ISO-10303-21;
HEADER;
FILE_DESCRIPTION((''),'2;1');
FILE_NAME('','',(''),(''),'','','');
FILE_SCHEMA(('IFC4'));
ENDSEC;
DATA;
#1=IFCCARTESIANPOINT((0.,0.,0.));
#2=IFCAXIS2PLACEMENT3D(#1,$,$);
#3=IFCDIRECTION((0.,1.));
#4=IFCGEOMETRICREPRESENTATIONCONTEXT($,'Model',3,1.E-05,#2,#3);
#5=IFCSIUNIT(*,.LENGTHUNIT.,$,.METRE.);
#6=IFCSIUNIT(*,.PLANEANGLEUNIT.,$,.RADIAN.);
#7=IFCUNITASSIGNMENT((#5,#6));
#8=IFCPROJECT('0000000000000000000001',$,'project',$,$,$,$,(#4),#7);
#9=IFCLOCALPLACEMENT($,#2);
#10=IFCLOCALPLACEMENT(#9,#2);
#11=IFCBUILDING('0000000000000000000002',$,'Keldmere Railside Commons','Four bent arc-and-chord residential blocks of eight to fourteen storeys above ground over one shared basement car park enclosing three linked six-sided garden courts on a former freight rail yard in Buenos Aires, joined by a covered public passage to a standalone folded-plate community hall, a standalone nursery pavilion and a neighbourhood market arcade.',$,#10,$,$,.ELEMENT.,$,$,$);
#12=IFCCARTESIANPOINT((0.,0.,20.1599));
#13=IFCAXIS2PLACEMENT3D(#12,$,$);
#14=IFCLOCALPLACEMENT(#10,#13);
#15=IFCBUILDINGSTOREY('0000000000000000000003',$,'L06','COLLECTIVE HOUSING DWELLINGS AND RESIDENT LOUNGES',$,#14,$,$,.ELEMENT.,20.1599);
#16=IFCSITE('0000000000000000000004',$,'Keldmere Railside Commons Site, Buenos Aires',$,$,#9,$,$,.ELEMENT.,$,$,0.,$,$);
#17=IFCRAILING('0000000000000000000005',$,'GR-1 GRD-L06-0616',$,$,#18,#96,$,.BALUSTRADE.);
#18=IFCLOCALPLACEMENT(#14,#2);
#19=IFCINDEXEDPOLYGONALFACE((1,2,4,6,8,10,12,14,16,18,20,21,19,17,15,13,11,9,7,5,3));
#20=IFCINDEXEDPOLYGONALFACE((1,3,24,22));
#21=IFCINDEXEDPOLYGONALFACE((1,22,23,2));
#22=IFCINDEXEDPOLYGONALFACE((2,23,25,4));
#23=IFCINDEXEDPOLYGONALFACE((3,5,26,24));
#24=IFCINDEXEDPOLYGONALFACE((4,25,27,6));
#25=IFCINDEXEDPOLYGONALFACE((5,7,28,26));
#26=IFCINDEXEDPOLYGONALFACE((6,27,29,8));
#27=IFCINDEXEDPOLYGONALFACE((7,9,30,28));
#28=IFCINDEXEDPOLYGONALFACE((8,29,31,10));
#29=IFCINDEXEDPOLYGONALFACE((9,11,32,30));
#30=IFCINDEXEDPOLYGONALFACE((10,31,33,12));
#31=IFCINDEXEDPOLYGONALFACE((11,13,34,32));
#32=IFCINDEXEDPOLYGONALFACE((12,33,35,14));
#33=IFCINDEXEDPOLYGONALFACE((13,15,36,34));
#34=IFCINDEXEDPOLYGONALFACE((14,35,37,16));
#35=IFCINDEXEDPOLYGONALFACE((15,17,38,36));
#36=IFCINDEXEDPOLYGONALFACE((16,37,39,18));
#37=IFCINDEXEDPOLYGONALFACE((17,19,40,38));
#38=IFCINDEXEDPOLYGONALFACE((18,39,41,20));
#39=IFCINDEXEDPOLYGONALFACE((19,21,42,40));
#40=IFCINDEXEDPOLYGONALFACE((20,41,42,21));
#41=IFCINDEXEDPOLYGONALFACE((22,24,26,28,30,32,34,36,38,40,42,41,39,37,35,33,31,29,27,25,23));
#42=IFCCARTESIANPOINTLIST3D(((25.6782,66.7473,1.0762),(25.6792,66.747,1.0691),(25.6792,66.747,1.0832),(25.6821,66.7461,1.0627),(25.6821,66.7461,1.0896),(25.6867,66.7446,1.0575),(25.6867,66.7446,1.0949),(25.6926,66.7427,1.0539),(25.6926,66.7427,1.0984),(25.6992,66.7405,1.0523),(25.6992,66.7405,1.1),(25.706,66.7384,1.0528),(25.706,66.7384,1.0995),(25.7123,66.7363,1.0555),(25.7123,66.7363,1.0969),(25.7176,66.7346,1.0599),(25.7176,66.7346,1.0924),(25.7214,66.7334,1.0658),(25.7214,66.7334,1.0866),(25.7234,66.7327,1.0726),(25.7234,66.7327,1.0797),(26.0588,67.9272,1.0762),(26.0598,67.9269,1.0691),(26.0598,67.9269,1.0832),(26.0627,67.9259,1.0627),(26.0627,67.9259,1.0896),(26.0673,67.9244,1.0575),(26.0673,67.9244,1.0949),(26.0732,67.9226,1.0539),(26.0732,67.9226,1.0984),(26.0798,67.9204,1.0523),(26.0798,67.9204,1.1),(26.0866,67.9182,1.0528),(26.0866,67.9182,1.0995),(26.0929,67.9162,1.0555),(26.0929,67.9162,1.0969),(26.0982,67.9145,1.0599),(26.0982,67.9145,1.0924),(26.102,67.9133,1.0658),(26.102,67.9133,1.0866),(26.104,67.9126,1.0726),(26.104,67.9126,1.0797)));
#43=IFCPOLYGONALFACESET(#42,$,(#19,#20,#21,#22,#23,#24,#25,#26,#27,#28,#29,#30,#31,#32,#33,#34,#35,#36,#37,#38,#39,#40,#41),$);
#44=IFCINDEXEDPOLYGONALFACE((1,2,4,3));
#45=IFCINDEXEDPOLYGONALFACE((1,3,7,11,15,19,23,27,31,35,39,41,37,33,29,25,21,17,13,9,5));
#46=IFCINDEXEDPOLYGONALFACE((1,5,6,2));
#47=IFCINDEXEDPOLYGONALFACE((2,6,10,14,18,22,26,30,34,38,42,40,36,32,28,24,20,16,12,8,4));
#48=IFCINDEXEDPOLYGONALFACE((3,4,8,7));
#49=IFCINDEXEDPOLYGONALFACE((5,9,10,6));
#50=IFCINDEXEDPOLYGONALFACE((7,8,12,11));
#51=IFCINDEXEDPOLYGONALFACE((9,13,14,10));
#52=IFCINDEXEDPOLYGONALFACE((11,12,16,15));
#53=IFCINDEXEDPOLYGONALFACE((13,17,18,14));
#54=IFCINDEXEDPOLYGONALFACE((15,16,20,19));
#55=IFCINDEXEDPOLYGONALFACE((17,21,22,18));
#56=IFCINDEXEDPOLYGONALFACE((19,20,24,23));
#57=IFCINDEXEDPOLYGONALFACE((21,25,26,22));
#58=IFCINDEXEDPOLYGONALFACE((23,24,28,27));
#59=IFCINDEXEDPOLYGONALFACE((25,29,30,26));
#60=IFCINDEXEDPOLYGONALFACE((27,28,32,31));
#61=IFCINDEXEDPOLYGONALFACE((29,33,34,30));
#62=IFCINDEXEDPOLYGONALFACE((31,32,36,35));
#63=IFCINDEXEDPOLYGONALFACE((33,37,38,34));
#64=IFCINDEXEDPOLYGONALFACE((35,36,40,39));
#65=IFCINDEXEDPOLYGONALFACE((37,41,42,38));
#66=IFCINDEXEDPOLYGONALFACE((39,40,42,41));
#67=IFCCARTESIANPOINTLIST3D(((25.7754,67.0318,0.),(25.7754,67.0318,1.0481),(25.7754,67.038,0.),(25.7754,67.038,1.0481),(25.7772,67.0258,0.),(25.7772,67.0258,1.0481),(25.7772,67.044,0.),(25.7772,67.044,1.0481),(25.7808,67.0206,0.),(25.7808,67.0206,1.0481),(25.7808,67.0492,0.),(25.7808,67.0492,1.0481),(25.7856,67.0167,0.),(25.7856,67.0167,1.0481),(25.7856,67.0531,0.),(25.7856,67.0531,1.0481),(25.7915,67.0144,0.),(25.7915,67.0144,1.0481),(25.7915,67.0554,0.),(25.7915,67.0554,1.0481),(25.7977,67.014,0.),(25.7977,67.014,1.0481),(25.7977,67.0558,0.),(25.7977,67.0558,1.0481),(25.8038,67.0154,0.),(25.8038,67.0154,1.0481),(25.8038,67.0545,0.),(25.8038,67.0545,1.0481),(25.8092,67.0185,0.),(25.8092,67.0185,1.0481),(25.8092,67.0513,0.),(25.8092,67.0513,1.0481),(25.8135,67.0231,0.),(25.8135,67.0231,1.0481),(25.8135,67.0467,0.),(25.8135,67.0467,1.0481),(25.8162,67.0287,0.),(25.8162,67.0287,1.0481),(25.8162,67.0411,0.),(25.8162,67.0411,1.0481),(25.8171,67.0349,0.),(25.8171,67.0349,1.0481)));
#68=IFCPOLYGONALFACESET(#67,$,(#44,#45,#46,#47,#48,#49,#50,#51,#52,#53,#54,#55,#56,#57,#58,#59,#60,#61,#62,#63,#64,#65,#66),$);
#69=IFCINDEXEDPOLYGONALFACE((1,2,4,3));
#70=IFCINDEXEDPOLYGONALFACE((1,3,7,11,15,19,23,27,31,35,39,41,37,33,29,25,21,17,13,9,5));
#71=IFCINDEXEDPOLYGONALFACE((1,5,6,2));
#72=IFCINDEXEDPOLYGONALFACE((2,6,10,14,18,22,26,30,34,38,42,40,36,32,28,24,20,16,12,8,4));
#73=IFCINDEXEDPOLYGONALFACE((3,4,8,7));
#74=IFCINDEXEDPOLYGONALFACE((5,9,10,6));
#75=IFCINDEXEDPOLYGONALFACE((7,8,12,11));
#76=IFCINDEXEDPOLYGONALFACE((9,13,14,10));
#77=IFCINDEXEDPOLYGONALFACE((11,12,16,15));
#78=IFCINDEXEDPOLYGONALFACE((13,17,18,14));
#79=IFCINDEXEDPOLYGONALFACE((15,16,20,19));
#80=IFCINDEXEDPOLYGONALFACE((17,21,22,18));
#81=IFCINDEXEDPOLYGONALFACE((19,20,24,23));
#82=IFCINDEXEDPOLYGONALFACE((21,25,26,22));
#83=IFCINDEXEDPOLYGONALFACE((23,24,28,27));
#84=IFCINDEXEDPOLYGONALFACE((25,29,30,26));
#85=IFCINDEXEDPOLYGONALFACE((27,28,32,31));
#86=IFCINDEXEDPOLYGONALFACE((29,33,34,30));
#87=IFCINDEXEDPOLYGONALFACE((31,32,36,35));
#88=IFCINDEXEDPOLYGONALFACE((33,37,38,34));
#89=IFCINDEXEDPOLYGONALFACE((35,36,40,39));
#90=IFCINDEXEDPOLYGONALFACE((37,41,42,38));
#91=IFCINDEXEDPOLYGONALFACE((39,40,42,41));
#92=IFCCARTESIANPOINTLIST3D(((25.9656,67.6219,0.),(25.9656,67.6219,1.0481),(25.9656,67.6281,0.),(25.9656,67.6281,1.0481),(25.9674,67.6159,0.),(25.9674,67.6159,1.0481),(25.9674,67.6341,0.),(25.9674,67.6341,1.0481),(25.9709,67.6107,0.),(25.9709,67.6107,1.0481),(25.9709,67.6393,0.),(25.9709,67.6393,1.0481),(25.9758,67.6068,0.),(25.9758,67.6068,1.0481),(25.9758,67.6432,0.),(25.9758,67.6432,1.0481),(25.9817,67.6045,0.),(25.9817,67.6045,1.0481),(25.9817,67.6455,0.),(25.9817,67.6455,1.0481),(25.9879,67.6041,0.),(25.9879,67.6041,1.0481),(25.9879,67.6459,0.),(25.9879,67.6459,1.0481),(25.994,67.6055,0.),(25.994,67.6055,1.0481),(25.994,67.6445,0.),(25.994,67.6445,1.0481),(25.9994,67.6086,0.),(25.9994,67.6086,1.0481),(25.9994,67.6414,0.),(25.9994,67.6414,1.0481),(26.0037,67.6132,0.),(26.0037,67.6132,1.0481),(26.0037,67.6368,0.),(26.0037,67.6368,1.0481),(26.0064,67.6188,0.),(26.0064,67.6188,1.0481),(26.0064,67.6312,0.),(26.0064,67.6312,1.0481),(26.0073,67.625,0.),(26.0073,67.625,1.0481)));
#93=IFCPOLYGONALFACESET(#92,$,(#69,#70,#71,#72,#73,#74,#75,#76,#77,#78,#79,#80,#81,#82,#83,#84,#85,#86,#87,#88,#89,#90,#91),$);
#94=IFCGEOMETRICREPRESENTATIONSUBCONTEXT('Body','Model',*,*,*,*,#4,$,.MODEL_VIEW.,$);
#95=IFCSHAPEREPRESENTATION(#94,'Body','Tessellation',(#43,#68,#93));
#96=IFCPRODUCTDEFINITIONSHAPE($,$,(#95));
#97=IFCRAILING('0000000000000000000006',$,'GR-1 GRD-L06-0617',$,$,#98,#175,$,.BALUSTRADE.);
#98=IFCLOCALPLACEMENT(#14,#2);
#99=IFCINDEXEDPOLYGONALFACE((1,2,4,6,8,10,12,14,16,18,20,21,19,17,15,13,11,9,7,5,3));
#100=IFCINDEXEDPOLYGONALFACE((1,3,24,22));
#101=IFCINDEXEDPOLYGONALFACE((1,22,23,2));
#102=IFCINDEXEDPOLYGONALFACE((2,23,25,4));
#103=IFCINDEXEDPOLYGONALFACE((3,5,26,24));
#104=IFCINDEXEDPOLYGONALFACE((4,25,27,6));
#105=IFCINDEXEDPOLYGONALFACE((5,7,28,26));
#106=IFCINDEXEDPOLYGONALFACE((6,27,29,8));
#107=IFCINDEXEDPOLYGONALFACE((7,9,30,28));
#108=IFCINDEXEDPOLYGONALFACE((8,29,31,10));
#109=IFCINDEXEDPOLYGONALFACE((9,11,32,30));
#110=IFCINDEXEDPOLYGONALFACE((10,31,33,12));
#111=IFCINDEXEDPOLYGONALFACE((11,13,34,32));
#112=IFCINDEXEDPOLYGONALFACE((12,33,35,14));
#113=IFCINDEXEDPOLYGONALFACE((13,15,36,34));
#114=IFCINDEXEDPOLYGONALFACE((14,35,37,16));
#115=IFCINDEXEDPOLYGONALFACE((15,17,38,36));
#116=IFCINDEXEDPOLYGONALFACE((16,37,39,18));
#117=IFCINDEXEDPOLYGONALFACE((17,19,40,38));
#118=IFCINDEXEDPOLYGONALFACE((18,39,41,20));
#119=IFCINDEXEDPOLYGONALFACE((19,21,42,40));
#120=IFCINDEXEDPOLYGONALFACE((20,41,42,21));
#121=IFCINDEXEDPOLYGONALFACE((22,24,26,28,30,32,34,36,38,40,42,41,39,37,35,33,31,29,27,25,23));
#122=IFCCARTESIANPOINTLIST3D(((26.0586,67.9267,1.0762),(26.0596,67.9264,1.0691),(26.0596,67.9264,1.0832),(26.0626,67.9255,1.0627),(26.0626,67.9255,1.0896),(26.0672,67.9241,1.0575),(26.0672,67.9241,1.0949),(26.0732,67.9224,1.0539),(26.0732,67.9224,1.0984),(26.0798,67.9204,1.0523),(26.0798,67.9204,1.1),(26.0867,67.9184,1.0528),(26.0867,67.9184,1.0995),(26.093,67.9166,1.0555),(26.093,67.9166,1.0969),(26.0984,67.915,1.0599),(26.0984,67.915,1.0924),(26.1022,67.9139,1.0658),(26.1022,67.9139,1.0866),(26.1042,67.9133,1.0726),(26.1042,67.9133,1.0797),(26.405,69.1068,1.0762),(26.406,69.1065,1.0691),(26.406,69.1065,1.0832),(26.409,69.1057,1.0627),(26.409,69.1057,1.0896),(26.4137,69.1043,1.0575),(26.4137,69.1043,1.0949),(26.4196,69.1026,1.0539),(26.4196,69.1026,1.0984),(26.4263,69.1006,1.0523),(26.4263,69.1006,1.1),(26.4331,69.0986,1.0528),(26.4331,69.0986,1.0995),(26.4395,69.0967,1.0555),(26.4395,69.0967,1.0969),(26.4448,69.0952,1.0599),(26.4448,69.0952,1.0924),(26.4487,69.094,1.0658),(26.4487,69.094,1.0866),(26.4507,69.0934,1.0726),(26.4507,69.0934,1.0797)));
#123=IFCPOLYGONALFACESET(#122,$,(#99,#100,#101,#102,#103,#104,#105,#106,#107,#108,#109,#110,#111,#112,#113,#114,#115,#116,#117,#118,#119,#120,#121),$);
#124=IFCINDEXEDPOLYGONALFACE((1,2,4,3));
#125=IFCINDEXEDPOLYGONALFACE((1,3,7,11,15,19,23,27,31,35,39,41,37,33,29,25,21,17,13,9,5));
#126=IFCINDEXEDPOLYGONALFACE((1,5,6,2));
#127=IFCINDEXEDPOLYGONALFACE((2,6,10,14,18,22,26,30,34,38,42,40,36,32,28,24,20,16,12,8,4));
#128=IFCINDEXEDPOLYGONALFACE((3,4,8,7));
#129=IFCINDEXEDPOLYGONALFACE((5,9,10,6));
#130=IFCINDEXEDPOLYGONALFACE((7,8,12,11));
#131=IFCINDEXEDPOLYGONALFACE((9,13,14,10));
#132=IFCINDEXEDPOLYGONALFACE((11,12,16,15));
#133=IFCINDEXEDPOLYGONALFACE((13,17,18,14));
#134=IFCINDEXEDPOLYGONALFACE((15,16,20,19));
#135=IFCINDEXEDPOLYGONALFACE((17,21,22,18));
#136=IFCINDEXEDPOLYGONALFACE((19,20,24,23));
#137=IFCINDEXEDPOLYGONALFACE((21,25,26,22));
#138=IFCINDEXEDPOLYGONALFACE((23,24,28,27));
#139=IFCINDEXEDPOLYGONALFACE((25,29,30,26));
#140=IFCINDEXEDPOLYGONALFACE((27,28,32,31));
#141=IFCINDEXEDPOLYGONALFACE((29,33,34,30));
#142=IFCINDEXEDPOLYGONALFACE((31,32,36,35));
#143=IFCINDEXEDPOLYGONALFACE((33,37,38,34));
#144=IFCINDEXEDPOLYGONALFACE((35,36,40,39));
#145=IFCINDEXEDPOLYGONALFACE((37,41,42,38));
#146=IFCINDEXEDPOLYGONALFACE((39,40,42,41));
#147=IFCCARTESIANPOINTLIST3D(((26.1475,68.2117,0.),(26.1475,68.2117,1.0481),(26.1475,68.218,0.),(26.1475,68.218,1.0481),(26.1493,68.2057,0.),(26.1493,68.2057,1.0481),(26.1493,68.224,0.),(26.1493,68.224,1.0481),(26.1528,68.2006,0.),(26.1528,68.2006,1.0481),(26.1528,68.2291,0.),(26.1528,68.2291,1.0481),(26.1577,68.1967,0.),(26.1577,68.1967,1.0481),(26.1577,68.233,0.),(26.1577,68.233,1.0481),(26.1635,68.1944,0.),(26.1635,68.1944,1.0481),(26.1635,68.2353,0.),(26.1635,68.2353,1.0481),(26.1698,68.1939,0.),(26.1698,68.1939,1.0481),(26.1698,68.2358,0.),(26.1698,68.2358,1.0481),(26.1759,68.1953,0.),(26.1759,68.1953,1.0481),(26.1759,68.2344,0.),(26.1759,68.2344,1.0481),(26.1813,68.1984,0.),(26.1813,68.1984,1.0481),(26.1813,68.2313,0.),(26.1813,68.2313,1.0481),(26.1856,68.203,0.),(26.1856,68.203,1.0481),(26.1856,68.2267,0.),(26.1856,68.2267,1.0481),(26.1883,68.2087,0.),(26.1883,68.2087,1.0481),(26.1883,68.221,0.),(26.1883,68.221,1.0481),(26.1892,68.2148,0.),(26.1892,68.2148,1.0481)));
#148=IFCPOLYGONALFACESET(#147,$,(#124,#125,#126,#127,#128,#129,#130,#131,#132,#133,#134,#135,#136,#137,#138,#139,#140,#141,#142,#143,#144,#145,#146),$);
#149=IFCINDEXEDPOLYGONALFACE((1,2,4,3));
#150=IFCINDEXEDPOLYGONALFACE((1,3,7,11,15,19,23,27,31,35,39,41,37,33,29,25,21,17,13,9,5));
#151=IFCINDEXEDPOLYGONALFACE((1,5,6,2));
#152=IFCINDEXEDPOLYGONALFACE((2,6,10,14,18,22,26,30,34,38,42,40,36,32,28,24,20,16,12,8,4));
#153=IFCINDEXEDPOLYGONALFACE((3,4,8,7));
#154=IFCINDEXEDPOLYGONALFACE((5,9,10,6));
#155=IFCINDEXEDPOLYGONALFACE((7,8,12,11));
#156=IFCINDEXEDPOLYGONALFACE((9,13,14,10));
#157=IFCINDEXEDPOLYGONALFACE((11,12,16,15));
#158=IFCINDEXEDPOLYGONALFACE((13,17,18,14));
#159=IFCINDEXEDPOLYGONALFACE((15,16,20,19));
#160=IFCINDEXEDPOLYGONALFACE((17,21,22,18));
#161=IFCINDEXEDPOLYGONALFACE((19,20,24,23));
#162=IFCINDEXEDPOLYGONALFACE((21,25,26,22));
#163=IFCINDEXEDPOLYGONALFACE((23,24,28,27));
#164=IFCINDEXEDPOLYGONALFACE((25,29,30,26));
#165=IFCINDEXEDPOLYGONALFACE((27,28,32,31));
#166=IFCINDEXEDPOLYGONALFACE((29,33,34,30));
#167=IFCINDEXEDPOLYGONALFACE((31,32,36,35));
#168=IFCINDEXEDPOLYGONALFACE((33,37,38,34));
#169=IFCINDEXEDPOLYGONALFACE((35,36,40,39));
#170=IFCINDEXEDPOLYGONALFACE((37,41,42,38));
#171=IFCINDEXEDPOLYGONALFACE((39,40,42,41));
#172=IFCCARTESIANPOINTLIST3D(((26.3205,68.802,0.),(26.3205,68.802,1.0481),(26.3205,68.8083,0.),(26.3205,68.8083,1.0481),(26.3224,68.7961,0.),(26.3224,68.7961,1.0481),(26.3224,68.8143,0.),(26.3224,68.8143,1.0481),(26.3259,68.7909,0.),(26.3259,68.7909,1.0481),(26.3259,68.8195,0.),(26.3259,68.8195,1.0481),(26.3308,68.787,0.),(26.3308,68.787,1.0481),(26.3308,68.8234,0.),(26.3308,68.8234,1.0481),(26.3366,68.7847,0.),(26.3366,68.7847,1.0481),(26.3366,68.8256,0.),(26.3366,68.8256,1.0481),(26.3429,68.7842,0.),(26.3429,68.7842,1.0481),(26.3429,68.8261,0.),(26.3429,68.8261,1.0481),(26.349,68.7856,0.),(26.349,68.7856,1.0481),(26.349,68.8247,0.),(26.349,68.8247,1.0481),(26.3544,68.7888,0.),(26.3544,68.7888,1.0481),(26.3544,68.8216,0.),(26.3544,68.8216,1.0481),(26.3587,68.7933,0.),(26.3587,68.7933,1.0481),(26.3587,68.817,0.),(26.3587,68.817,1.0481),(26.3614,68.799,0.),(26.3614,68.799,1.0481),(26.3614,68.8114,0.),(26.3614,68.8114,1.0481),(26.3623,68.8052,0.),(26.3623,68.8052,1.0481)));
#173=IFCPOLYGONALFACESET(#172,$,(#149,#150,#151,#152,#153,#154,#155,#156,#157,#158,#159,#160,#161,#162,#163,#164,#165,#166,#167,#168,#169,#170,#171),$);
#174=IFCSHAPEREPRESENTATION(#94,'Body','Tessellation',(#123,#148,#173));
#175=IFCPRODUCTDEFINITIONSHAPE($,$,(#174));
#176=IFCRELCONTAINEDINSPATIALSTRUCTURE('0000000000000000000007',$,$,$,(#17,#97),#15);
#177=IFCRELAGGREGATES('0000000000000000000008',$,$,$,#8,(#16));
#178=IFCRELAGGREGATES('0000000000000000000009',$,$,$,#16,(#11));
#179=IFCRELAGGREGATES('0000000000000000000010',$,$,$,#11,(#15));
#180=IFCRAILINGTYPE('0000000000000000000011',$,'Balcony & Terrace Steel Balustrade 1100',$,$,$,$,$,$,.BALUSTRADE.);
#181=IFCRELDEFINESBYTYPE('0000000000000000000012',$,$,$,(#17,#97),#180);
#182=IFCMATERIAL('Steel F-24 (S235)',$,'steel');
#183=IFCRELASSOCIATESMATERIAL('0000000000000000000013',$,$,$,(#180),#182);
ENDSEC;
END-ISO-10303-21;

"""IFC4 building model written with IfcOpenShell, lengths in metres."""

from ifc_helpers import new_model, si_unit, direction, frame, origin, origin_2d, place, context, subcontext, project, spatial, circle, extrude, material, type_object, element, save


model = new_model("IFC4")

# Units and contexts
model_context = context("Model", 3, precision=1e-05, world=origin(), true_north=direction((0.0, 1.0)))
body_context = subcontext(model_context, "Body", "Model", "MODEL_VIEW")
ifc_project = project(units=[si_unit("LENGTHUNIT", "METRE"), si_unit("PLANEANGLEUNIT", "RADIAN")], contexts=[model_context])

# Site, building, storey
site_placement = place(None, origin())
site = spatial("IfcSite", under=ifc_project, at=site_placement, Name="Keldmere Railside Commons Site, Buenos Aires", CompositionType="ELEMENT", RefElevation=0.0)
building_placement = place(site_placement, origin())
building = spatial("IfcBuilding", under=site, at=building_placement, Name="Keldmere Railside Commons", Description="Four bent arc-and-chord residential blocks of eight to fourteen storeys above ground over one shared basement car park enclosing three linked six-sided garden courts on a former freight rail yard in Buenos Aires, joined by a covered public passage to a standalone folded-plate community hall, a standalone nursery pavilion and a neighbourhood market arcade.", CompositionType="ELEMENT")
storey_placement = place(building_placement, frame((0.0, 0.0, 20.1599)))
storey = spatial("IfcBuildingStorey", under=building, at=storey_placement, Name="L06", Description="COLLECTIVE HOUSING DWELLINGS AND RESIDENT LOUNGES", CompositionType="ELEMENT", Elevation=20.1599)

# Railings
ifc_material_1 = material(Name="Steel F-24 (S235)", Category="steel")
railing_type_1 = type_object("IfcRailingType", Name="Balcony & Terrace Steel Balustrade 1100", PredefinedType="BALUSTRADE", material=ifc_material_1)
railing_1_placement = place(storey_placement, frame((25.7009, 66.74, 0.0)))
element("IfcRailing", 1, at=railing_1_placement, inside=storey, type_object=railing_type_1, Name="GR-1 GRD-L06-0616", PredefinedType="BALUSTRADE", context=body_context, shape_type="SweptSolid", body=[
    extrude(circle(Radius=0.0239, at=origin_2d()), frame((0.0, 0.0, 1.0762), z_axis=(0.306997, 0.95171, 0.0), x_axis=(-0.95171, 0.306997, 0.0)), (0.0, 0.0, 1.0), 1.2397),
    extrude(circle(Radius=0.021, at=origin_2d()), frame((0.0952, 0.2949, 0.0)), (0.0, 0.0, 1.0), 1.0481),
    extrude(circle(Radius=0.021, at=origin_2d()), frame((0.2854, 0.885, 0.0)), (0.0, 0.0, 1.0), 1.0481),
])
railing_2_placement = place(storey_placement, frame((26.0815, 67.9199, 0.0)))
element("IfcRailing", 2, at=railing_2_placement, inside=storey, type_object=railing_type_1, Name="GR-1 GRD-L06-0617", PredefinedType="BALUSTRADE", context=body_context, shape_type="SweptSolid", body=[
    extrude(circle(Radius=0.0239, at=origin_2d()), frame((0.0, 0.0, 1.0762), z_axis=(0.281661, 0.959514, 0.0), x_axis=(-0.959514, 0.281661, 0.0)), (0.0, 0.0, 1.0), 1.23),
    extrude(circle(Radius=0.021, at=origin_2d()), frame((0.0867, 0.2949, 0.0)), (0.0, 0.0, 1.0), 1.0481),
    extrude(circle(Radius=0.021, at=origin_2d()), frame((0.2598, 0.8853, 0.0)), (0.0, 0.0, 1.0), 1.0481),
])

save(model, "model.ifc")
